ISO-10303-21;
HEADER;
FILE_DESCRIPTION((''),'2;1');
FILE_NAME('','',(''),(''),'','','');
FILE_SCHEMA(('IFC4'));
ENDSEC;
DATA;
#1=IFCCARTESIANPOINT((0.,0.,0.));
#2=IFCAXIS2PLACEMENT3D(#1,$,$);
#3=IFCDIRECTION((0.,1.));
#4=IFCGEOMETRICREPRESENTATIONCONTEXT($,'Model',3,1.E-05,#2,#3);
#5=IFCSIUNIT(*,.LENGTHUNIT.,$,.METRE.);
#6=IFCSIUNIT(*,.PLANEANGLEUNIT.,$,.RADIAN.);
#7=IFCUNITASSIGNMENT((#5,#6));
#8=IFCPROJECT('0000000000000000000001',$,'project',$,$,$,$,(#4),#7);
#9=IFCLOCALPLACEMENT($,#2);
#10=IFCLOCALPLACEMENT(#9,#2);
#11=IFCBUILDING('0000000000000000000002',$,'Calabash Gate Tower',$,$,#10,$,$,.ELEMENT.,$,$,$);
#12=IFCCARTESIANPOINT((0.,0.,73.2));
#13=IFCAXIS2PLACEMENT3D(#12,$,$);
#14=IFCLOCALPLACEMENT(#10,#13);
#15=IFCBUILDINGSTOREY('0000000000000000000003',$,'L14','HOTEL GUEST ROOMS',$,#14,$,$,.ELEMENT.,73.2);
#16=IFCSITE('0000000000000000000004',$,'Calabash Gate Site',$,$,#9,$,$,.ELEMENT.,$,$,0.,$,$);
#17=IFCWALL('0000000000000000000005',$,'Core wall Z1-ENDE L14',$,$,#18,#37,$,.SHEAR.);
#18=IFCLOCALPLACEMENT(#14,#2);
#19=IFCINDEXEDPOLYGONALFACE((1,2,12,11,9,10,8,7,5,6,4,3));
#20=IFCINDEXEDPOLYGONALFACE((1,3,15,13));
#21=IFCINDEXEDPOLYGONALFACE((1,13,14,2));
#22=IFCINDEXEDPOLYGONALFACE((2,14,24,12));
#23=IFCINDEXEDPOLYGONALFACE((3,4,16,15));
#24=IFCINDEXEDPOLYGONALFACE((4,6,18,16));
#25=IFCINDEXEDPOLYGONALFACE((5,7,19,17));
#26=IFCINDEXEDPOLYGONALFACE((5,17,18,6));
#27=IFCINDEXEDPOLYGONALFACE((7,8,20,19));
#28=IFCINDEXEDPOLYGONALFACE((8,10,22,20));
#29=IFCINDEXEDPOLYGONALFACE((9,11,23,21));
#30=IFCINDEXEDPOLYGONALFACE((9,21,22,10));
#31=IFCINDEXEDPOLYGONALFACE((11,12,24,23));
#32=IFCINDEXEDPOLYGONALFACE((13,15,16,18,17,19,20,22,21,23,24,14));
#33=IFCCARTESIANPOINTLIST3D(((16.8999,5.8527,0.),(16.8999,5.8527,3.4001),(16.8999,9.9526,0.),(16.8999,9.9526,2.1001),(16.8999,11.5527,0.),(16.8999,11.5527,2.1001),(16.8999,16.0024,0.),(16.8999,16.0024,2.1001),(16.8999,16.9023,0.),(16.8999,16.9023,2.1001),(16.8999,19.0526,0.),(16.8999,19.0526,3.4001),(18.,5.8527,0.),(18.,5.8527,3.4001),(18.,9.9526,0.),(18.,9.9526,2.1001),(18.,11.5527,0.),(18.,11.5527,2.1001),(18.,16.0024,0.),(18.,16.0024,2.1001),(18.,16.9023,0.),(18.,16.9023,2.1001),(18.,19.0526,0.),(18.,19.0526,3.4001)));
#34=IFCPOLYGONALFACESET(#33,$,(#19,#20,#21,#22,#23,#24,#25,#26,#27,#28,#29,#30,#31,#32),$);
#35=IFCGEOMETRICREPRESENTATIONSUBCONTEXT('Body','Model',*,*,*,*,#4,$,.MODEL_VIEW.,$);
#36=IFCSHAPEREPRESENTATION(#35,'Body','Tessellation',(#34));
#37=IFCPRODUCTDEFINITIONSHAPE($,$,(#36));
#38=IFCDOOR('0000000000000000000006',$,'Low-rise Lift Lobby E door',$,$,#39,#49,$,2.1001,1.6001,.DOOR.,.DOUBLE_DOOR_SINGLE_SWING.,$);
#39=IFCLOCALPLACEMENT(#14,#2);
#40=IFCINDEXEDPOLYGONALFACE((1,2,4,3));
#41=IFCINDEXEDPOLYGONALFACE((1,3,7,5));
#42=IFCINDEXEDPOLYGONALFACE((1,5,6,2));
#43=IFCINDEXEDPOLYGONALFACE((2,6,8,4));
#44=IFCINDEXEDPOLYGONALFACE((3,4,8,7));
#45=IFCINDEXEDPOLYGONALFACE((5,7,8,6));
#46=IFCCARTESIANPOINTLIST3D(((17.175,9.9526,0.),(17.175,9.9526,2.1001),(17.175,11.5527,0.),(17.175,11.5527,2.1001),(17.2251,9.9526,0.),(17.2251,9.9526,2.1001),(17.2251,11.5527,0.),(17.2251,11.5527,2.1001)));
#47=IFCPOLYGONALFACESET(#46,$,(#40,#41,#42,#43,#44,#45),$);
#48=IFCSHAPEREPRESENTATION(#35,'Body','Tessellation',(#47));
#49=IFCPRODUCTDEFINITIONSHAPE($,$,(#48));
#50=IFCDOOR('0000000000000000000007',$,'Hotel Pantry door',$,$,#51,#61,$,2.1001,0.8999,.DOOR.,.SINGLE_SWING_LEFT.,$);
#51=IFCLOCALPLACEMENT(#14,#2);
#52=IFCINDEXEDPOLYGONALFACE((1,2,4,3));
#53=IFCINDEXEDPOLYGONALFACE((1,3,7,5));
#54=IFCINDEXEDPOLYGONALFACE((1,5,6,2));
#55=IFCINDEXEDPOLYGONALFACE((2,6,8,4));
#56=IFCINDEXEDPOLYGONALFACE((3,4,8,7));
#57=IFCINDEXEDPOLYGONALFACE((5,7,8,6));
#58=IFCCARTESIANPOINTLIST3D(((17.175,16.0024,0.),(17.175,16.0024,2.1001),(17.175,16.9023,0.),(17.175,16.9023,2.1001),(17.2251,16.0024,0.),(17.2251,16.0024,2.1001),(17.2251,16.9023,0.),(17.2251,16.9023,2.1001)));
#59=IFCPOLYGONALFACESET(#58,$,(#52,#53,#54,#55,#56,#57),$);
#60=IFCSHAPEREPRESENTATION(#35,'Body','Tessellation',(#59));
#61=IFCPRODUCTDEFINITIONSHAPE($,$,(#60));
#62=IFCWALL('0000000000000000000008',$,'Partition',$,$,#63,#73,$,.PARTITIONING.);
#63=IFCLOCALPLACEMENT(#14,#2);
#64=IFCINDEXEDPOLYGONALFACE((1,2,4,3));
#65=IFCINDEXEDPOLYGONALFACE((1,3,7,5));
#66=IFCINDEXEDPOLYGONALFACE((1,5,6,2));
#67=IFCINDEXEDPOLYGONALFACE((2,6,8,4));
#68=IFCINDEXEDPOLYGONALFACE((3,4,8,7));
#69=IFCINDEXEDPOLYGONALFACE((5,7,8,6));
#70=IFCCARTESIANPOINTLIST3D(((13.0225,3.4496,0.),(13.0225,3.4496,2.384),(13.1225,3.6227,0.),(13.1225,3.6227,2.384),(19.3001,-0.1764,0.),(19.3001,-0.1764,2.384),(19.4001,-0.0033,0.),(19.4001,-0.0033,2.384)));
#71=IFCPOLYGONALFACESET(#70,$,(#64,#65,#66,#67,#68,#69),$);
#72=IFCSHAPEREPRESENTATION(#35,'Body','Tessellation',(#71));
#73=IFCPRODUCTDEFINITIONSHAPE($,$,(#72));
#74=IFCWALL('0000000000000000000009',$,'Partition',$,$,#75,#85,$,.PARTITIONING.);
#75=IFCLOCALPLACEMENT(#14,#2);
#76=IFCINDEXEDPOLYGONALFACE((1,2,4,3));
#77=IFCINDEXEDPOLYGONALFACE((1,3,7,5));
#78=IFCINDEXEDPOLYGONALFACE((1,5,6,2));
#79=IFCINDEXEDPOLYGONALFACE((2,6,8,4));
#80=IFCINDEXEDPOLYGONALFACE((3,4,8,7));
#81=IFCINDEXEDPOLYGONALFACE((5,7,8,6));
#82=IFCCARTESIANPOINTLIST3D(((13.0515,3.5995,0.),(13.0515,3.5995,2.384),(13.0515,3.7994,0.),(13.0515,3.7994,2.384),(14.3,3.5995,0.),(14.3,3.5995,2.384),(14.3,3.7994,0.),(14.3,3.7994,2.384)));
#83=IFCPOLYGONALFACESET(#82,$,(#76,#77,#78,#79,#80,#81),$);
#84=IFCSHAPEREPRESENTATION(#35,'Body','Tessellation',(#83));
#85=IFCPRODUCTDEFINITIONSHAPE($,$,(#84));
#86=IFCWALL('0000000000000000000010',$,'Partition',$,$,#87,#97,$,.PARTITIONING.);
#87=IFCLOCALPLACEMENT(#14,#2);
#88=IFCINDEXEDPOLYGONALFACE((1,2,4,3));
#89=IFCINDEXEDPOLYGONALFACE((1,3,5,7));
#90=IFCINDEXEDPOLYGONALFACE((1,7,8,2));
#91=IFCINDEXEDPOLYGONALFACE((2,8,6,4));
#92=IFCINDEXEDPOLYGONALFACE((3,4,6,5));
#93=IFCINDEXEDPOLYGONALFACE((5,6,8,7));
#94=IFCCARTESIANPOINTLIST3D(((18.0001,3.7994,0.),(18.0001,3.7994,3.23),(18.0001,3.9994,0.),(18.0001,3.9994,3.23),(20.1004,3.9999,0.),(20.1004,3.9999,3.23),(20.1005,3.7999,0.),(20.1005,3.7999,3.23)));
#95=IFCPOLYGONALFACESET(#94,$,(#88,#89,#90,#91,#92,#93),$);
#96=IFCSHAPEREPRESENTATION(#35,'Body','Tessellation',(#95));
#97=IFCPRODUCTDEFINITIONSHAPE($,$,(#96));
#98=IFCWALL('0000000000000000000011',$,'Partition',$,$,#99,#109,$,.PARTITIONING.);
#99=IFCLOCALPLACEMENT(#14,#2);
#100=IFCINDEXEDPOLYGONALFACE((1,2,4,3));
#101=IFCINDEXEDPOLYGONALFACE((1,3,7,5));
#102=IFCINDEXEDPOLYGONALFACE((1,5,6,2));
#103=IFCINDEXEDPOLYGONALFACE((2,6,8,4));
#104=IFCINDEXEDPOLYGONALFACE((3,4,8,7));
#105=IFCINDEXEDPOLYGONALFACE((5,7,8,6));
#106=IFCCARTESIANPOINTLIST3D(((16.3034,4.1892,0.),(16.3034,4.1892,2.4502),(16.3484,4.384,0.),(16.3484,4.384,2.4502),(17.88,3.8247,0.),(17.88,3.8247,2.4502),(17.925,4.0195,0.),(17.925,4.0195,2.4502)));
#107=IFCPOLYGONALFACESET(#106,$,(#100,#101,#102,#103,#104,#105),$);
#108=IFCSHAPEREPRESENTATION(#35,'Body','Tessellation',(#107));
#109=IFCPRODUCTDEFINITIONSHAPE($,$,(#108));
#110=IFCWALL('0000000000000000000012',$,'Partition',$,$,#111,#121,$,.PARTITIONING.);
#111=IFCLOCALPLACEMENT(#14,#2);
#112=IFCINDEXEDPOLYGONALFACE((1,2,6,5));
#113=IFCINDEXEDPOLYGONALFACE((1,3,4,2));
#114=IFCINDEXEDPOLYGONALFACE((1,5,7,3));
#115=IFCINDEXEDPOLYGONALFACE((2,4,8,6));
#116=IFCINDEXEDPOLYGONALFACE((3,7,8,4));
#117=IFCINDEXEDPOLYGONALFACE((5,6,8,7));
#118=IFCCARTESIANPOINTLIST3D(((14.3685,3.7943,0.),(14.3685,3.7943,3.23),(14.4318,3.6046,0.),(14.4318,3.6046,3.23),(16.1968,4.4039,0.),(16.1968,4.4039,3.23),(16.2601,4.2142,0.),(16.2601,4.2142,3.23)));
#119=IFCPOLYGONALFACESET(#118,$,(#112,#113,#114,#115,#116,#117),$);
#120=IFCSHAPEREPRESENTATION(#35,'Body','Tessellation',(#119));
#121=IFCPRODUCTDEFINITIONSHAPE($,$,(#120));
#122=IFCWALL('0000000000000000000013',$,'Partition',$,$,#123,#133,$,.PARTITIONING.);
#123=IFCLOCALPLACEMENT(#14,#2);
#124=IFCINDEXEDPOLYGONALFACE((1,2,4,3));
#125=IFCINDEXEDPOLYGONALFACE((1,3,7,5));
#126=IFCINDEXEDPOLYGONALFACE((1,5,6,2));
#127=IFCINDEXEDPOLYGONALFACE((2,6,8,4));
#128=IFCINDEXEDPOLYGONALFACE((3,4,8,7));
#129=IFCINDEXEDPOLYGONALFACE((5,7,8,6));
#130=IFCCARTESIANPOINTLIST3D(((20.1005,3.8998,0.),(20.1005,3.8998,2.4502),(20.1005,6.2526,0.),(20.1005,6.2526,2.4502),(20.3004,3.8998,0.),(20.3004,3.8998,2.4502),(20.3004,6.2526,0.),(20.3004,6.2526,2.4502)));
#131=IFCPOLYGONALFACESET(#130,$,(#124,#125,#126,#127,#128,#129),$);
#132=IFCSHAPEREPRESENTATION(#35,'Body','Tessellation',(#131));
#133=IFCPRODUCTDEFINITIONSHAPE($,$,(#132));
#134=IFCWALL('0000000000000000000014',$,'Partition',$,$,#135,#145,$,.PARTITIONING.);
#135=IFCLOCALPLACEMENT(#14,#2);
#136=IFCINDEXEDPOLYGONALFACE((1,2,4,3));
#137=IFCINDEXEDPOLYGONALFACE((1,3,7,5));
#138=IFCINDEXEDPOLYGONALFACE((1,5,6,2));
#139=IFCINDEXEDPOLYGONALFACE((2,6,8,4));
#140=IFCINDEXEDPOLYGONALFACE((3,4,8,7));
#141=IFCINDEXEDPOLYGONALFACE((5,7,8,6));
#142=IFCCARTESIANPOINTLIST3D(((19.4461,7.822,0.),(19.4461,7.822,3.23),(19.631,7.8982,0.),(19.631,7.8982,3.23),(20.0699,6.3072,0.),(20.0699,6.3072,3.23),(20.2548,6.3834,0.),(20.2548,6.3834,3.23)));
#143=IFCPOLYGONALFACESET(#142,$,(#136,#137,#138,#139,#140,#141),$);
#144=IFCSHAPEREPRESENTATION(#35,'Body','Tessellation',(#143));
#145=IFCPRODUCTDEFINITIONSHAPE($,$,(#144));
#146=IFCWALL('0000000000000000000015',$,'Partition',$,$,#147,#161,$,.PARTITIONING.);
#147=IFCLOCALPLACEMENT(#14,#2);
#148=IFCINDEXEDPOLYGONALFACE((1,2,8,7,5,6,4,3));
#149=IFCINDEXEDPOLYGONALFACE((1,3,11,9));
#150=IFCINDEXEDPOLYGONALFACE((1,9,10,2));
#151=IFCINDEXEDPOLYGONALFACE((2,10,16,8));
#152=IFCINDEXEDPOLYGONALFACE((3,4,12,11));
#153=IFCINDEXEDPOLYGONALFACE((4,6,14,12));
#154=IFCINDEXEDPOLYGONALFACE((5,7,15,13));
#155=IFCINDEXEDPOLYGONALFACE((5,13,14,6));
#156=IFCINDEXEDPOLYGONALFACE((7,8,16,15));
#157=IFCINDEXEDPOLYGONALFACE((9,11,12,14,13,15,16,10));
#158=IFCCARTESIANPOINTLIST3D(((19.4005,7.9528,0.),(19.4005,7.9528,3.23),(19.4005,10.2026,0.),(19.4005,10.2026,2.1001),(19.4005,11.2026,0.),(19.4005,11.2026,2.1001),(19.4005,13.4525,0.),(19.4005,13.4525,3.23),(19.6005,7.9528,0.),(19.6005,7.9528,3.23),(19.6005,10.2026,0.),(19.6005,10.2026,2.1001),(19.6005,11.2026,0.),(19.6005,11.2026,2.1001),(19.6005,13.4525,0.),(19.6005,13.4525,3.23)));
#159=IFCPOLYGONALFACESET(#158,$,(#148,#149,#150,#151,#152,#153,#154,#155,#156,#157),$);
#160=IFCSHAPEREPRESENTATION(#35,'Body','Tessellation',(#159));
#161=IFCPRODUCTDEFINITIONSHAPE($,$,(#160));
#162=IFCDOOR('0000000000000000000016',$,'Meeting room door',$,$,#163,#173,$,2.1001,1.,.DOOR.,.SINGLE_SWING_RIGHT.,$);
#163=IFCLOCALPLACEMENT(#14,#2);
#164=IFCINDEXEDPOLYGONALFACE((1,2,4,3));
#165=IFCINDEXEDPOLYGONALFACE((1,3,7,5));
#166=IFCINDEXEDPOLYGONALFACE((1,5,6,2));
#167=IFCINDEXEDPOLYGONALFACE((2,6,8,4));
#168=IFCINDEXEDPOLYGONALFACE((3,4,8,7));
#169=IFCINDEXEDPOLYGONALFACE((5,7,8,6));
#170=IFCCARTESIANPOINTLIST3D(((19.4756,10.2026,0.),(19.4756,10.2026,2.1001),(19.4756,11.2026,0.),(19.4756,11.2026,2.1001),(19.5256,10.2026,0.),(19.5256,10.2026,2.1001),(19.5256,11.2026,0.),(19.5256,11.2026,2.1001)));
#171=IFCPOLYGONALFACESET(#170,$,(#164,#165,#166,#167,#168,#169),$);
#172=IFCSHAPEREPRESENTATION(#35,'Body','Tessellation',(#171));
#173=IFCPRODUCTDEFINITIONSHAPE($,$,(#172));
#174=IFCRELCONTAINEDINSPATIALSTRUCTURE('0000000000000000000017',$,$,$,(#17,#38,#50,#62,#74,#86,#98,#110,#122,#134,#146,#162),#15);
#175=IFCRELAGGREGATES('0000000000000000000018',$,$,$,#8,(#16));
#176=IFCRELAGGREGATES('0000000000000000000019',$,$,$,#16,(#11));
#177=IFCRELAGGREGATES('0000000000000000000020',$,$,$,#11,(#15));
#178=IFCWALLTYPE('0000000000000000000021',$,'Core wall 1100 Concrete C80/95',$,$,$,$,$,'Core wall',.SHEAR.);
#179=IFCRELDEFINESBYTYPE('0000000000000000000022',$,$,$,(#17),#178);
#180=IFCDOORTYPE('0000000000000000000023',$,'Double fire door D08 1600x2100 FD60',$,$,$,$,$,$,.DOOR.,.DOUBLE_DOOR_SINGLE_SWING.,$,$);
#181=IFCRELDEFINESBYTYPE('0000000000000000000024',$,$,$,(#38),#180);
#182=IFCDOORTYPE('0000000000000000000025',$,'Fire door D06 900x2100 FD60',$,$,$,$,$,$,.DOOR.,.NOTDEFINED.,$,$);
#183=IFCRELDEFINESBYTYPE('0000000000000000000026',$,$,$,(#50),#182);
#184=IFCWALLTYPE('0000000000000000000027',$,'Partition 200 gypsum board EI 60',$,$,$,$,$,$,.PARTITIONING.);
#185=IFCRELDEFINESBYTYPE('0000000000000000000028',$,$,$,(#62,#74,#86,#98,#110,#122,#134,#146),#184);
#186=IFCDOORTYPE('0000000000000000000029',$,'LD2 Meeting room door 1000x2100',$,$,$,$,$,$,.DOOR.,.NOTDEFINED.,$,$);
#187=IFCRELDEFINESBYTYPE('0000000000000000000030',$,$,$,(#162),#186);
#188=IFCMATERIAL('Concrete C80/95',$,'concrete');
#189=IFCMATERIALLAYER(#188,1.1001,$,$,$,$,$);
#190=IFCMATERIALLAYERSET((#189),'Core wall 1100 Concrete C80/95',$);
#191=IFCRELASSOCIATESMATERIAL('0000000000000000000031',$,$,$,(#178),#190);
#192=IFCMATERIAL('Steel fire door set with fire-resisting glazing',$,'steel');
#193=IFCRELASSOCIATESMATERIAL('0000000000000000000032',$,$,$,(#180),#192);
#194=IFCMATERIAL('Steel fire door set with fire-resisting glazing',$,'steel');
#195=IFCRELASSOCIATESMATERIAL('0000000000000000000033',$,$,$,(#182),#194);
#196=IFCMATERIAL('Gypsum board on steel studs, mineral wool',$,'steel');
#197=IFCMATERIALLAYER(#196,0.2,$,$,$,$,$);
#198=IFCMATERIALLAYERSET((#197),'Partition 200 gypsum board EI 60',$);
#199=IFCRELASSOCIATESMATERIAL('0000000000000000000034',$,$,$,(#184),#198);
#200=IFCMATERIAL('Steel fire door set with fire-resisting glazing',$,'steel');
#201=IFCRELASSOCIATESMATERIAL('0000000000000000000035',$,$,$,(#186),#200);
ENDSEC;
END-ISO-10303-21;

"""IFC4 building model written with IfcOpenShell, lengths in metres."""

from ifc_helpers import new_model, si_unit, direction, frame, frame_2d, origin, place, context, subcontext, project, spatial, rectangle, extrude, material, layer, layer_set, type_object, element, fill, save


model = new_model("IFC4")

# Units and contexts
model_context = context("Model", 3, precision=1e-05, world=origin(), true_north=direction((0.0, 1.0)))
body_context = subcontext(model_context, "Body", "Model", "MODEL_VIEW")
ifc_project = project(units=[si_unit("LENGTHUNIT", "METRE"), si_unit("PLANEANGLEUNIT", "RADIAN")], contexts=[model_context])

# Site, building, storey
site_placement = place(None, origin())
site = spatial("IfcSite", under=ifc_project, at=site_placement, Name="Calabash Gate Site", CompositionType="ELEMENT", RefElevation=0.0)
building_placement = place(site_placement, origin())
building = spatial("IfcBuilding", under=site, at=building_placement, Name="Calabash Gate Tower", CompositionType="ELEMENT")
storey_placement = place(building_placement, frame((0.0, 0.0, 73.2)))
storey = spatial("IfcBuildingStorey", under=building, at=storey_placement, Name="L14", Description="HOTEL GUEST ROOMS", CompositionType="ELEMENT", Elevation=73.2)

# Wall, openings, doors
ifc_material_1 = material(Name="Concrete C80/95", Category="concrete")
ifc_layer_1 = layer(ifc_material_1, 1.1001)
ifc_layer_set_1 = layer_set([ifc_layer_1], Name="Core wall 1100 Concrete C80/95")
wall_type_1 = type_object("IfcWallType", Name="Core wall 1100 Concrete C80/95", ElementType="Core wall", PredefinedType="SHEAR", material=ifc_layer_set_1)
wall_1_placement = place(storey_placement, frame((17.45, 5.8525, 0.0), z_axis=(0.0, 0.0, 1.0), x_axis=(0.0, 1.0, 0.0)))
wall_1 = element("IfcWall", 1, at=wall_1_placement, inside=storey, type_object=wall_type_1, Name="Core wall Z1-ENDE L14", PredefinedType="SHEAR", context=body_context, shape_type="SweptSolid", body=[
    extrude(rectangle(XDim=13.2, YDim=1.1001, at=frame_2d((6.6001, 0.0))), origin(), (0.0, 0.0, 1.0), 3.4001),
])
opening_1_placement = place(wall_1_placement, frame((4.1001, 0.0, 0.0)))
opening_1 = element("IfcOpeningElement", 2, at=opening_1_placement, cuts=wall_1, PredefinedType="OPENING", context=body_context, shape_type="SweptSolid", body=[
    extrude(rectangle(XDim=1.6001, YDim=2.1001, at=frame_2d((0.8, 1.05))), frame((0.0, 0.5601, 0.0), z_axis=(0.0, -1.0, 0.0), x_axis=(1.0, 0.0, 0.0)), (0.0, 0.0, 1.0), 1.1201),
])
opening_2_placement = place(wall_1_placement, frame((10.1499, 0.0, 0.0)))
opening_2 = element("IfcOpeningElement", 3, at=opening_2_placement, cuts=wall_1, PredefinedType="OPENING", context=body_context, shape_type="SweptSolid", body=[
    extrude(rectangle(XDim=0.8999, YDim=2.1001, at=frame_2d((0.45, 1.05))), frame((0.0, 0.5601, 0.0), z_axis=(0.0, -1.0, 0.0), x_axis=(1.0, 0.0, 0.0)), (0.0, 0.0, 1.0), 1.1201),
])
ifc_material_2 = material(Name="Steel fire door set with fire-resisting glazing", Category="steel")
door_type_1 = type_object("IfcDoorType", Name="Double fire door D08 1600x2100 FD60", OperationType="DOUBLE_DOOR_SINGLE_SWING", PredefinedType="DOOR", material=ifc_material_2)
door_1_placement = place(opening_1_placement, origin())
door_1 = element("IfcDoor", 4, at=door_1_placement, inside=storey, type_object=door_type_1, Name="Low-rise Lift Lobby E door", OperationType="DOUBLE_DOOR_SINGLE_SWING", OverallHeight=2.1001, OverallWidth=1.6001, PredefinedType="DOOR", context=body_context, shape_type="SweptSolid", body=[
    extrude(rectangle(XDim=1.6001, YDim=2.1001, at=frame_2d((0.8, 1.05))), frame((0.0, 0.2749, 0.0), z_axis=(0.0, -1.0, 0.0), x_axis=(1.0, 0.0, 0.0)), (0.0, 0.0, 1.0), 0.05),
])
fill(opening_1, door_1)
ifc_material_3 = material(Name="Steel fire door set with fire-resisting glazing", Category="steel")
door_type_2 = type_object("IfcDoorType", Name="Fire door D06 900x2100 FD60", OperationType="NOTDEFINED", PredefinedType="DOOR", material=ifc_material_3)
door_2_placement = place(opening_2_placement, origin())
door_2 = element("IfcDoor", 5, at=door_2_placement, inside=storey, type_object=door_type_2, Name="Hotel Pantry door", OperationType="SINGLE_SWING_LEFT", OverallHeight=2.1001, OverallWidth=0.8999, PredefinedType="DOOR", context=body_context, shape_type="SweptSolid", body=[
    extrude(rectangle(XDim=0.8999, YDim=2.1001, at=frame_2d((0.45, 1.05))), frame((0.0, 0.2749, 0.0), z_axis=(0.0, -1.0, 0.0), x_axis=(1.0, 0.0, 0.0)), (0.0, 0.0, 1.0), 0.05),
])
fill(opening_2, door_2)

# Walls
ifc_material_4 = material(Name="Gypsum board on steel studs, mineral wool", Category="steel")
ifc_layer_2 = layer(ifc_material_4, 0.2)
ifc_layer_set_2 = layer_set([ifc_layer_2], Name="Partition 200 gypsum board EI 60")
wall_type_2 = type_object("IfcWallType", Name="Partition 200 gypsum board EI 60", PredefinedType="PARTITIONING", material=ifc_layer_set_2)
wall_2_placement = place(storey_placement, frame((13.0725, 3.5361, 0.0), z_axis=(0.0, 0.0, 1.0), x_axis=(0.865929, -0.500167, 0.0)))
element("IfcWall", 6, at=wall_2_placement, inside=storey, type_object=wall_type_2, Name="Partition", PredefinedType="PARTITIONING", context=body_context, shape_type="SweptSolid", body=[
    extrude(rectangle(XDim=7.2495, YDim=0.2, at=frame_2d((3.6248, 0.0))), origin(), (0.0, 0.0, 1.0), 2.384),
])
wall_3_placement = place(storey_placement, frame((13.0515, 3.6995, 0.0), z_axis=(0.0, 0.0, 1.0), x_axis=(1.0, 0.0, 0.0)))
element("IfcWall", 7, at=wall_3_placement, inside=storey, type_object=wall_type_2, Name="Partition", PredefinedType="PARTITIONING", context=body_context, shape_type="SweptSolid", body=[
    extrude(rectangle(XDim=1.2485, YDim=0.2, at=frame_2d((0.6243, 0.0))), origin(), (0.0, 0.0, 1.0), 2.384),
])
wall_4_placement = place(storey_placement, frame((18.0, 3.8994, 0.0), z_axis=(0.0, 0.0, 1.0), x_axis=(1.0, 0.000232, 0.0)))
element("IfcWall", 8, at=wall_4_placement, inside=storey, type_object=wall_type_2, Name="Partition", PredefinedType="PARTITIONING", context=body_context, shape_type="SweptSolid", body=[
    extrude(rectangle(XDim=2.1003, YDim=0.2, at=frame_2d((1.0503, 0.0))), origin(), (0.0, 0.0, 1.0), 3.23),
])
wall_5_placement = place(storey_placement, frame((16.3259, 4.2866, 0.0), z_axis=(0.0, 0.0, 1.0), x_axis=(0.974302, -0.225245, 0.0)))
element("IfcWall", 9, at=wall_5_placement, inside=storey, type_object=wall_type_2, Name="Partition", PredefinedType="PARTITIONING", context=body_context, shape_type="SweptSolid", body=[
    extrude(rectangle(XDim=1.6182, YDim=0.2, at=frame_2d((0.8091, 0.0))), origin(), (0.0, 0.0, 1.0), 2.4502),
])
wall_6_placement = place(storey_placement, frame((14.4001, 3.6995, 0.0), z_axis=(0.0, 0.0, 1.0), x_axis=(0.948658, 0.316304, 0.0)))
element("IfcWall", 10, at=wall_6_placement, inside=storey, type_object=wall_type_2, Name="Partition", PredefinedType="PARTITIONING", context=body_context, shape_type="SweptSolid", body=[
    extrude(rectangle(XDim=1.9272, YDim=0.2, at=frame_2d((0.9636, 0.0))), origin(), (0.0, 0.0, 1.0), 3.23),
])
wall_7_placement = place(storey_placement, frame((20.2004, 3.8999, 0.0), z_axis=(0.0, 0.0, 1.0), x_axis=(0.0, 1.0, 0.0)))
element("IfcWall", 11, at=wall_7_placement, inside=storey, type_object=wall_type_2, Name="Partition", PredefinedType="PARTITIONING", context=body_context, shape_type="SweptSolid", body=[
    extrude(rectangle(XDim=2.3528, YDim=0.2, at=frame_2d((1.1763, 0.0))), origin(), (0.0, 0.0, 1.0), 2.4502),
])
wall_8_placement = place(storey_placement, frame((19.5386, 7.8601, 0.0), z_axis=(0.0, 0.0, 1.0), x_axis=(0.38075, -0.924678, 0.0)))
element("IfcWall", 12, at=wall_8_placement, inside=storey, type_object=wall_type_2, Name="Partition", PredefinedType="PARTITIONING", context=body_context, shape_type="SweptSolid", body=[
    extrude(rectangle(XDim=1.6382, YDim=0.2, at=frame_2d((0.8191, 0.0))), origin(), (0.0, 0.0, 1.0), 3.23),
])

# Wall, opening, door
wall_9_placement = place(storey_placement, frame((19.5005, 7.9526, 0.0), z_axis=(0.0, 0.0, 1.0), x_axis=(0.0, 1.0, 0.0)))
wall_9 = element("IfcWall", 13, at=wall_9_placement, inside=storey, type_object=wall_type_2, Name="Partition", PredefinedType="PARTITIONING", context=body_context, shape_type="SweptSolid", body=[
    extrude(rectangle(XDim=5.4998, YDim=0.2, at=frame_2d((2.75, 0.0))), origin(), (0.0, 0.0, 1.0), 3.23),
])
opening_3_placement = place(wall_9_placement, frame((2.25, 0.0, 0.0)))
opening_3 = element("IfcOpeningElement", 14, at=opening_3_placement, cuts=wall_9, PredefinedType="OPENING", context=body_context, shape_type="SweptSolid", body=[
    extrude(rectangle(XDim=1.0, YDim=2.1001, at=frame_2d((0.5, 1.05))), frame((0.0, 0.1099, 0.0), z_axis=(0.0, -1.0, 0.0), x_axis=(1.0, 0.0, 0.0)), (0.0, 0.0, 1.0), 0.22),
])
ifc_material_5 = material(Name="Steel fire door set with fire-resisting glazing", Category="steel")
door_type_3 = type_object("IfcDoorType", Name="LD2 Meeting room door 1000x2100", OperationType="NOTDEFINED", PredefinedType="DOOR", material=ifc_material_5)
door_3_placement = place(opening_3_placement, origin())
door_3 = element("IfcDoor", 15, at=door_3_placement, inside=storey, type_object=door_type_3, Name="Meeting room door", OperationType="SINGLE_SWING_RIGHT", OverallHeight=2.1001, OverallWidth=1.0, PredefinedType="DOOR", context=body_context, shape_type="SweptSolid", body=[
    extrude(rectangle(XDim=1.0, YDim=2.1001, at=frame_2d((0.5, 1.05))), frame((0.0, 0.0249, 0.0), z_axis=(0.0, -1.0, 0.0), x_axis=(1.0, 0.0, 0.0)), (0.0, 0.0, 1.0), 0.05),
])
fill(opening_3, door_3)

save(model, "model.ifc")
